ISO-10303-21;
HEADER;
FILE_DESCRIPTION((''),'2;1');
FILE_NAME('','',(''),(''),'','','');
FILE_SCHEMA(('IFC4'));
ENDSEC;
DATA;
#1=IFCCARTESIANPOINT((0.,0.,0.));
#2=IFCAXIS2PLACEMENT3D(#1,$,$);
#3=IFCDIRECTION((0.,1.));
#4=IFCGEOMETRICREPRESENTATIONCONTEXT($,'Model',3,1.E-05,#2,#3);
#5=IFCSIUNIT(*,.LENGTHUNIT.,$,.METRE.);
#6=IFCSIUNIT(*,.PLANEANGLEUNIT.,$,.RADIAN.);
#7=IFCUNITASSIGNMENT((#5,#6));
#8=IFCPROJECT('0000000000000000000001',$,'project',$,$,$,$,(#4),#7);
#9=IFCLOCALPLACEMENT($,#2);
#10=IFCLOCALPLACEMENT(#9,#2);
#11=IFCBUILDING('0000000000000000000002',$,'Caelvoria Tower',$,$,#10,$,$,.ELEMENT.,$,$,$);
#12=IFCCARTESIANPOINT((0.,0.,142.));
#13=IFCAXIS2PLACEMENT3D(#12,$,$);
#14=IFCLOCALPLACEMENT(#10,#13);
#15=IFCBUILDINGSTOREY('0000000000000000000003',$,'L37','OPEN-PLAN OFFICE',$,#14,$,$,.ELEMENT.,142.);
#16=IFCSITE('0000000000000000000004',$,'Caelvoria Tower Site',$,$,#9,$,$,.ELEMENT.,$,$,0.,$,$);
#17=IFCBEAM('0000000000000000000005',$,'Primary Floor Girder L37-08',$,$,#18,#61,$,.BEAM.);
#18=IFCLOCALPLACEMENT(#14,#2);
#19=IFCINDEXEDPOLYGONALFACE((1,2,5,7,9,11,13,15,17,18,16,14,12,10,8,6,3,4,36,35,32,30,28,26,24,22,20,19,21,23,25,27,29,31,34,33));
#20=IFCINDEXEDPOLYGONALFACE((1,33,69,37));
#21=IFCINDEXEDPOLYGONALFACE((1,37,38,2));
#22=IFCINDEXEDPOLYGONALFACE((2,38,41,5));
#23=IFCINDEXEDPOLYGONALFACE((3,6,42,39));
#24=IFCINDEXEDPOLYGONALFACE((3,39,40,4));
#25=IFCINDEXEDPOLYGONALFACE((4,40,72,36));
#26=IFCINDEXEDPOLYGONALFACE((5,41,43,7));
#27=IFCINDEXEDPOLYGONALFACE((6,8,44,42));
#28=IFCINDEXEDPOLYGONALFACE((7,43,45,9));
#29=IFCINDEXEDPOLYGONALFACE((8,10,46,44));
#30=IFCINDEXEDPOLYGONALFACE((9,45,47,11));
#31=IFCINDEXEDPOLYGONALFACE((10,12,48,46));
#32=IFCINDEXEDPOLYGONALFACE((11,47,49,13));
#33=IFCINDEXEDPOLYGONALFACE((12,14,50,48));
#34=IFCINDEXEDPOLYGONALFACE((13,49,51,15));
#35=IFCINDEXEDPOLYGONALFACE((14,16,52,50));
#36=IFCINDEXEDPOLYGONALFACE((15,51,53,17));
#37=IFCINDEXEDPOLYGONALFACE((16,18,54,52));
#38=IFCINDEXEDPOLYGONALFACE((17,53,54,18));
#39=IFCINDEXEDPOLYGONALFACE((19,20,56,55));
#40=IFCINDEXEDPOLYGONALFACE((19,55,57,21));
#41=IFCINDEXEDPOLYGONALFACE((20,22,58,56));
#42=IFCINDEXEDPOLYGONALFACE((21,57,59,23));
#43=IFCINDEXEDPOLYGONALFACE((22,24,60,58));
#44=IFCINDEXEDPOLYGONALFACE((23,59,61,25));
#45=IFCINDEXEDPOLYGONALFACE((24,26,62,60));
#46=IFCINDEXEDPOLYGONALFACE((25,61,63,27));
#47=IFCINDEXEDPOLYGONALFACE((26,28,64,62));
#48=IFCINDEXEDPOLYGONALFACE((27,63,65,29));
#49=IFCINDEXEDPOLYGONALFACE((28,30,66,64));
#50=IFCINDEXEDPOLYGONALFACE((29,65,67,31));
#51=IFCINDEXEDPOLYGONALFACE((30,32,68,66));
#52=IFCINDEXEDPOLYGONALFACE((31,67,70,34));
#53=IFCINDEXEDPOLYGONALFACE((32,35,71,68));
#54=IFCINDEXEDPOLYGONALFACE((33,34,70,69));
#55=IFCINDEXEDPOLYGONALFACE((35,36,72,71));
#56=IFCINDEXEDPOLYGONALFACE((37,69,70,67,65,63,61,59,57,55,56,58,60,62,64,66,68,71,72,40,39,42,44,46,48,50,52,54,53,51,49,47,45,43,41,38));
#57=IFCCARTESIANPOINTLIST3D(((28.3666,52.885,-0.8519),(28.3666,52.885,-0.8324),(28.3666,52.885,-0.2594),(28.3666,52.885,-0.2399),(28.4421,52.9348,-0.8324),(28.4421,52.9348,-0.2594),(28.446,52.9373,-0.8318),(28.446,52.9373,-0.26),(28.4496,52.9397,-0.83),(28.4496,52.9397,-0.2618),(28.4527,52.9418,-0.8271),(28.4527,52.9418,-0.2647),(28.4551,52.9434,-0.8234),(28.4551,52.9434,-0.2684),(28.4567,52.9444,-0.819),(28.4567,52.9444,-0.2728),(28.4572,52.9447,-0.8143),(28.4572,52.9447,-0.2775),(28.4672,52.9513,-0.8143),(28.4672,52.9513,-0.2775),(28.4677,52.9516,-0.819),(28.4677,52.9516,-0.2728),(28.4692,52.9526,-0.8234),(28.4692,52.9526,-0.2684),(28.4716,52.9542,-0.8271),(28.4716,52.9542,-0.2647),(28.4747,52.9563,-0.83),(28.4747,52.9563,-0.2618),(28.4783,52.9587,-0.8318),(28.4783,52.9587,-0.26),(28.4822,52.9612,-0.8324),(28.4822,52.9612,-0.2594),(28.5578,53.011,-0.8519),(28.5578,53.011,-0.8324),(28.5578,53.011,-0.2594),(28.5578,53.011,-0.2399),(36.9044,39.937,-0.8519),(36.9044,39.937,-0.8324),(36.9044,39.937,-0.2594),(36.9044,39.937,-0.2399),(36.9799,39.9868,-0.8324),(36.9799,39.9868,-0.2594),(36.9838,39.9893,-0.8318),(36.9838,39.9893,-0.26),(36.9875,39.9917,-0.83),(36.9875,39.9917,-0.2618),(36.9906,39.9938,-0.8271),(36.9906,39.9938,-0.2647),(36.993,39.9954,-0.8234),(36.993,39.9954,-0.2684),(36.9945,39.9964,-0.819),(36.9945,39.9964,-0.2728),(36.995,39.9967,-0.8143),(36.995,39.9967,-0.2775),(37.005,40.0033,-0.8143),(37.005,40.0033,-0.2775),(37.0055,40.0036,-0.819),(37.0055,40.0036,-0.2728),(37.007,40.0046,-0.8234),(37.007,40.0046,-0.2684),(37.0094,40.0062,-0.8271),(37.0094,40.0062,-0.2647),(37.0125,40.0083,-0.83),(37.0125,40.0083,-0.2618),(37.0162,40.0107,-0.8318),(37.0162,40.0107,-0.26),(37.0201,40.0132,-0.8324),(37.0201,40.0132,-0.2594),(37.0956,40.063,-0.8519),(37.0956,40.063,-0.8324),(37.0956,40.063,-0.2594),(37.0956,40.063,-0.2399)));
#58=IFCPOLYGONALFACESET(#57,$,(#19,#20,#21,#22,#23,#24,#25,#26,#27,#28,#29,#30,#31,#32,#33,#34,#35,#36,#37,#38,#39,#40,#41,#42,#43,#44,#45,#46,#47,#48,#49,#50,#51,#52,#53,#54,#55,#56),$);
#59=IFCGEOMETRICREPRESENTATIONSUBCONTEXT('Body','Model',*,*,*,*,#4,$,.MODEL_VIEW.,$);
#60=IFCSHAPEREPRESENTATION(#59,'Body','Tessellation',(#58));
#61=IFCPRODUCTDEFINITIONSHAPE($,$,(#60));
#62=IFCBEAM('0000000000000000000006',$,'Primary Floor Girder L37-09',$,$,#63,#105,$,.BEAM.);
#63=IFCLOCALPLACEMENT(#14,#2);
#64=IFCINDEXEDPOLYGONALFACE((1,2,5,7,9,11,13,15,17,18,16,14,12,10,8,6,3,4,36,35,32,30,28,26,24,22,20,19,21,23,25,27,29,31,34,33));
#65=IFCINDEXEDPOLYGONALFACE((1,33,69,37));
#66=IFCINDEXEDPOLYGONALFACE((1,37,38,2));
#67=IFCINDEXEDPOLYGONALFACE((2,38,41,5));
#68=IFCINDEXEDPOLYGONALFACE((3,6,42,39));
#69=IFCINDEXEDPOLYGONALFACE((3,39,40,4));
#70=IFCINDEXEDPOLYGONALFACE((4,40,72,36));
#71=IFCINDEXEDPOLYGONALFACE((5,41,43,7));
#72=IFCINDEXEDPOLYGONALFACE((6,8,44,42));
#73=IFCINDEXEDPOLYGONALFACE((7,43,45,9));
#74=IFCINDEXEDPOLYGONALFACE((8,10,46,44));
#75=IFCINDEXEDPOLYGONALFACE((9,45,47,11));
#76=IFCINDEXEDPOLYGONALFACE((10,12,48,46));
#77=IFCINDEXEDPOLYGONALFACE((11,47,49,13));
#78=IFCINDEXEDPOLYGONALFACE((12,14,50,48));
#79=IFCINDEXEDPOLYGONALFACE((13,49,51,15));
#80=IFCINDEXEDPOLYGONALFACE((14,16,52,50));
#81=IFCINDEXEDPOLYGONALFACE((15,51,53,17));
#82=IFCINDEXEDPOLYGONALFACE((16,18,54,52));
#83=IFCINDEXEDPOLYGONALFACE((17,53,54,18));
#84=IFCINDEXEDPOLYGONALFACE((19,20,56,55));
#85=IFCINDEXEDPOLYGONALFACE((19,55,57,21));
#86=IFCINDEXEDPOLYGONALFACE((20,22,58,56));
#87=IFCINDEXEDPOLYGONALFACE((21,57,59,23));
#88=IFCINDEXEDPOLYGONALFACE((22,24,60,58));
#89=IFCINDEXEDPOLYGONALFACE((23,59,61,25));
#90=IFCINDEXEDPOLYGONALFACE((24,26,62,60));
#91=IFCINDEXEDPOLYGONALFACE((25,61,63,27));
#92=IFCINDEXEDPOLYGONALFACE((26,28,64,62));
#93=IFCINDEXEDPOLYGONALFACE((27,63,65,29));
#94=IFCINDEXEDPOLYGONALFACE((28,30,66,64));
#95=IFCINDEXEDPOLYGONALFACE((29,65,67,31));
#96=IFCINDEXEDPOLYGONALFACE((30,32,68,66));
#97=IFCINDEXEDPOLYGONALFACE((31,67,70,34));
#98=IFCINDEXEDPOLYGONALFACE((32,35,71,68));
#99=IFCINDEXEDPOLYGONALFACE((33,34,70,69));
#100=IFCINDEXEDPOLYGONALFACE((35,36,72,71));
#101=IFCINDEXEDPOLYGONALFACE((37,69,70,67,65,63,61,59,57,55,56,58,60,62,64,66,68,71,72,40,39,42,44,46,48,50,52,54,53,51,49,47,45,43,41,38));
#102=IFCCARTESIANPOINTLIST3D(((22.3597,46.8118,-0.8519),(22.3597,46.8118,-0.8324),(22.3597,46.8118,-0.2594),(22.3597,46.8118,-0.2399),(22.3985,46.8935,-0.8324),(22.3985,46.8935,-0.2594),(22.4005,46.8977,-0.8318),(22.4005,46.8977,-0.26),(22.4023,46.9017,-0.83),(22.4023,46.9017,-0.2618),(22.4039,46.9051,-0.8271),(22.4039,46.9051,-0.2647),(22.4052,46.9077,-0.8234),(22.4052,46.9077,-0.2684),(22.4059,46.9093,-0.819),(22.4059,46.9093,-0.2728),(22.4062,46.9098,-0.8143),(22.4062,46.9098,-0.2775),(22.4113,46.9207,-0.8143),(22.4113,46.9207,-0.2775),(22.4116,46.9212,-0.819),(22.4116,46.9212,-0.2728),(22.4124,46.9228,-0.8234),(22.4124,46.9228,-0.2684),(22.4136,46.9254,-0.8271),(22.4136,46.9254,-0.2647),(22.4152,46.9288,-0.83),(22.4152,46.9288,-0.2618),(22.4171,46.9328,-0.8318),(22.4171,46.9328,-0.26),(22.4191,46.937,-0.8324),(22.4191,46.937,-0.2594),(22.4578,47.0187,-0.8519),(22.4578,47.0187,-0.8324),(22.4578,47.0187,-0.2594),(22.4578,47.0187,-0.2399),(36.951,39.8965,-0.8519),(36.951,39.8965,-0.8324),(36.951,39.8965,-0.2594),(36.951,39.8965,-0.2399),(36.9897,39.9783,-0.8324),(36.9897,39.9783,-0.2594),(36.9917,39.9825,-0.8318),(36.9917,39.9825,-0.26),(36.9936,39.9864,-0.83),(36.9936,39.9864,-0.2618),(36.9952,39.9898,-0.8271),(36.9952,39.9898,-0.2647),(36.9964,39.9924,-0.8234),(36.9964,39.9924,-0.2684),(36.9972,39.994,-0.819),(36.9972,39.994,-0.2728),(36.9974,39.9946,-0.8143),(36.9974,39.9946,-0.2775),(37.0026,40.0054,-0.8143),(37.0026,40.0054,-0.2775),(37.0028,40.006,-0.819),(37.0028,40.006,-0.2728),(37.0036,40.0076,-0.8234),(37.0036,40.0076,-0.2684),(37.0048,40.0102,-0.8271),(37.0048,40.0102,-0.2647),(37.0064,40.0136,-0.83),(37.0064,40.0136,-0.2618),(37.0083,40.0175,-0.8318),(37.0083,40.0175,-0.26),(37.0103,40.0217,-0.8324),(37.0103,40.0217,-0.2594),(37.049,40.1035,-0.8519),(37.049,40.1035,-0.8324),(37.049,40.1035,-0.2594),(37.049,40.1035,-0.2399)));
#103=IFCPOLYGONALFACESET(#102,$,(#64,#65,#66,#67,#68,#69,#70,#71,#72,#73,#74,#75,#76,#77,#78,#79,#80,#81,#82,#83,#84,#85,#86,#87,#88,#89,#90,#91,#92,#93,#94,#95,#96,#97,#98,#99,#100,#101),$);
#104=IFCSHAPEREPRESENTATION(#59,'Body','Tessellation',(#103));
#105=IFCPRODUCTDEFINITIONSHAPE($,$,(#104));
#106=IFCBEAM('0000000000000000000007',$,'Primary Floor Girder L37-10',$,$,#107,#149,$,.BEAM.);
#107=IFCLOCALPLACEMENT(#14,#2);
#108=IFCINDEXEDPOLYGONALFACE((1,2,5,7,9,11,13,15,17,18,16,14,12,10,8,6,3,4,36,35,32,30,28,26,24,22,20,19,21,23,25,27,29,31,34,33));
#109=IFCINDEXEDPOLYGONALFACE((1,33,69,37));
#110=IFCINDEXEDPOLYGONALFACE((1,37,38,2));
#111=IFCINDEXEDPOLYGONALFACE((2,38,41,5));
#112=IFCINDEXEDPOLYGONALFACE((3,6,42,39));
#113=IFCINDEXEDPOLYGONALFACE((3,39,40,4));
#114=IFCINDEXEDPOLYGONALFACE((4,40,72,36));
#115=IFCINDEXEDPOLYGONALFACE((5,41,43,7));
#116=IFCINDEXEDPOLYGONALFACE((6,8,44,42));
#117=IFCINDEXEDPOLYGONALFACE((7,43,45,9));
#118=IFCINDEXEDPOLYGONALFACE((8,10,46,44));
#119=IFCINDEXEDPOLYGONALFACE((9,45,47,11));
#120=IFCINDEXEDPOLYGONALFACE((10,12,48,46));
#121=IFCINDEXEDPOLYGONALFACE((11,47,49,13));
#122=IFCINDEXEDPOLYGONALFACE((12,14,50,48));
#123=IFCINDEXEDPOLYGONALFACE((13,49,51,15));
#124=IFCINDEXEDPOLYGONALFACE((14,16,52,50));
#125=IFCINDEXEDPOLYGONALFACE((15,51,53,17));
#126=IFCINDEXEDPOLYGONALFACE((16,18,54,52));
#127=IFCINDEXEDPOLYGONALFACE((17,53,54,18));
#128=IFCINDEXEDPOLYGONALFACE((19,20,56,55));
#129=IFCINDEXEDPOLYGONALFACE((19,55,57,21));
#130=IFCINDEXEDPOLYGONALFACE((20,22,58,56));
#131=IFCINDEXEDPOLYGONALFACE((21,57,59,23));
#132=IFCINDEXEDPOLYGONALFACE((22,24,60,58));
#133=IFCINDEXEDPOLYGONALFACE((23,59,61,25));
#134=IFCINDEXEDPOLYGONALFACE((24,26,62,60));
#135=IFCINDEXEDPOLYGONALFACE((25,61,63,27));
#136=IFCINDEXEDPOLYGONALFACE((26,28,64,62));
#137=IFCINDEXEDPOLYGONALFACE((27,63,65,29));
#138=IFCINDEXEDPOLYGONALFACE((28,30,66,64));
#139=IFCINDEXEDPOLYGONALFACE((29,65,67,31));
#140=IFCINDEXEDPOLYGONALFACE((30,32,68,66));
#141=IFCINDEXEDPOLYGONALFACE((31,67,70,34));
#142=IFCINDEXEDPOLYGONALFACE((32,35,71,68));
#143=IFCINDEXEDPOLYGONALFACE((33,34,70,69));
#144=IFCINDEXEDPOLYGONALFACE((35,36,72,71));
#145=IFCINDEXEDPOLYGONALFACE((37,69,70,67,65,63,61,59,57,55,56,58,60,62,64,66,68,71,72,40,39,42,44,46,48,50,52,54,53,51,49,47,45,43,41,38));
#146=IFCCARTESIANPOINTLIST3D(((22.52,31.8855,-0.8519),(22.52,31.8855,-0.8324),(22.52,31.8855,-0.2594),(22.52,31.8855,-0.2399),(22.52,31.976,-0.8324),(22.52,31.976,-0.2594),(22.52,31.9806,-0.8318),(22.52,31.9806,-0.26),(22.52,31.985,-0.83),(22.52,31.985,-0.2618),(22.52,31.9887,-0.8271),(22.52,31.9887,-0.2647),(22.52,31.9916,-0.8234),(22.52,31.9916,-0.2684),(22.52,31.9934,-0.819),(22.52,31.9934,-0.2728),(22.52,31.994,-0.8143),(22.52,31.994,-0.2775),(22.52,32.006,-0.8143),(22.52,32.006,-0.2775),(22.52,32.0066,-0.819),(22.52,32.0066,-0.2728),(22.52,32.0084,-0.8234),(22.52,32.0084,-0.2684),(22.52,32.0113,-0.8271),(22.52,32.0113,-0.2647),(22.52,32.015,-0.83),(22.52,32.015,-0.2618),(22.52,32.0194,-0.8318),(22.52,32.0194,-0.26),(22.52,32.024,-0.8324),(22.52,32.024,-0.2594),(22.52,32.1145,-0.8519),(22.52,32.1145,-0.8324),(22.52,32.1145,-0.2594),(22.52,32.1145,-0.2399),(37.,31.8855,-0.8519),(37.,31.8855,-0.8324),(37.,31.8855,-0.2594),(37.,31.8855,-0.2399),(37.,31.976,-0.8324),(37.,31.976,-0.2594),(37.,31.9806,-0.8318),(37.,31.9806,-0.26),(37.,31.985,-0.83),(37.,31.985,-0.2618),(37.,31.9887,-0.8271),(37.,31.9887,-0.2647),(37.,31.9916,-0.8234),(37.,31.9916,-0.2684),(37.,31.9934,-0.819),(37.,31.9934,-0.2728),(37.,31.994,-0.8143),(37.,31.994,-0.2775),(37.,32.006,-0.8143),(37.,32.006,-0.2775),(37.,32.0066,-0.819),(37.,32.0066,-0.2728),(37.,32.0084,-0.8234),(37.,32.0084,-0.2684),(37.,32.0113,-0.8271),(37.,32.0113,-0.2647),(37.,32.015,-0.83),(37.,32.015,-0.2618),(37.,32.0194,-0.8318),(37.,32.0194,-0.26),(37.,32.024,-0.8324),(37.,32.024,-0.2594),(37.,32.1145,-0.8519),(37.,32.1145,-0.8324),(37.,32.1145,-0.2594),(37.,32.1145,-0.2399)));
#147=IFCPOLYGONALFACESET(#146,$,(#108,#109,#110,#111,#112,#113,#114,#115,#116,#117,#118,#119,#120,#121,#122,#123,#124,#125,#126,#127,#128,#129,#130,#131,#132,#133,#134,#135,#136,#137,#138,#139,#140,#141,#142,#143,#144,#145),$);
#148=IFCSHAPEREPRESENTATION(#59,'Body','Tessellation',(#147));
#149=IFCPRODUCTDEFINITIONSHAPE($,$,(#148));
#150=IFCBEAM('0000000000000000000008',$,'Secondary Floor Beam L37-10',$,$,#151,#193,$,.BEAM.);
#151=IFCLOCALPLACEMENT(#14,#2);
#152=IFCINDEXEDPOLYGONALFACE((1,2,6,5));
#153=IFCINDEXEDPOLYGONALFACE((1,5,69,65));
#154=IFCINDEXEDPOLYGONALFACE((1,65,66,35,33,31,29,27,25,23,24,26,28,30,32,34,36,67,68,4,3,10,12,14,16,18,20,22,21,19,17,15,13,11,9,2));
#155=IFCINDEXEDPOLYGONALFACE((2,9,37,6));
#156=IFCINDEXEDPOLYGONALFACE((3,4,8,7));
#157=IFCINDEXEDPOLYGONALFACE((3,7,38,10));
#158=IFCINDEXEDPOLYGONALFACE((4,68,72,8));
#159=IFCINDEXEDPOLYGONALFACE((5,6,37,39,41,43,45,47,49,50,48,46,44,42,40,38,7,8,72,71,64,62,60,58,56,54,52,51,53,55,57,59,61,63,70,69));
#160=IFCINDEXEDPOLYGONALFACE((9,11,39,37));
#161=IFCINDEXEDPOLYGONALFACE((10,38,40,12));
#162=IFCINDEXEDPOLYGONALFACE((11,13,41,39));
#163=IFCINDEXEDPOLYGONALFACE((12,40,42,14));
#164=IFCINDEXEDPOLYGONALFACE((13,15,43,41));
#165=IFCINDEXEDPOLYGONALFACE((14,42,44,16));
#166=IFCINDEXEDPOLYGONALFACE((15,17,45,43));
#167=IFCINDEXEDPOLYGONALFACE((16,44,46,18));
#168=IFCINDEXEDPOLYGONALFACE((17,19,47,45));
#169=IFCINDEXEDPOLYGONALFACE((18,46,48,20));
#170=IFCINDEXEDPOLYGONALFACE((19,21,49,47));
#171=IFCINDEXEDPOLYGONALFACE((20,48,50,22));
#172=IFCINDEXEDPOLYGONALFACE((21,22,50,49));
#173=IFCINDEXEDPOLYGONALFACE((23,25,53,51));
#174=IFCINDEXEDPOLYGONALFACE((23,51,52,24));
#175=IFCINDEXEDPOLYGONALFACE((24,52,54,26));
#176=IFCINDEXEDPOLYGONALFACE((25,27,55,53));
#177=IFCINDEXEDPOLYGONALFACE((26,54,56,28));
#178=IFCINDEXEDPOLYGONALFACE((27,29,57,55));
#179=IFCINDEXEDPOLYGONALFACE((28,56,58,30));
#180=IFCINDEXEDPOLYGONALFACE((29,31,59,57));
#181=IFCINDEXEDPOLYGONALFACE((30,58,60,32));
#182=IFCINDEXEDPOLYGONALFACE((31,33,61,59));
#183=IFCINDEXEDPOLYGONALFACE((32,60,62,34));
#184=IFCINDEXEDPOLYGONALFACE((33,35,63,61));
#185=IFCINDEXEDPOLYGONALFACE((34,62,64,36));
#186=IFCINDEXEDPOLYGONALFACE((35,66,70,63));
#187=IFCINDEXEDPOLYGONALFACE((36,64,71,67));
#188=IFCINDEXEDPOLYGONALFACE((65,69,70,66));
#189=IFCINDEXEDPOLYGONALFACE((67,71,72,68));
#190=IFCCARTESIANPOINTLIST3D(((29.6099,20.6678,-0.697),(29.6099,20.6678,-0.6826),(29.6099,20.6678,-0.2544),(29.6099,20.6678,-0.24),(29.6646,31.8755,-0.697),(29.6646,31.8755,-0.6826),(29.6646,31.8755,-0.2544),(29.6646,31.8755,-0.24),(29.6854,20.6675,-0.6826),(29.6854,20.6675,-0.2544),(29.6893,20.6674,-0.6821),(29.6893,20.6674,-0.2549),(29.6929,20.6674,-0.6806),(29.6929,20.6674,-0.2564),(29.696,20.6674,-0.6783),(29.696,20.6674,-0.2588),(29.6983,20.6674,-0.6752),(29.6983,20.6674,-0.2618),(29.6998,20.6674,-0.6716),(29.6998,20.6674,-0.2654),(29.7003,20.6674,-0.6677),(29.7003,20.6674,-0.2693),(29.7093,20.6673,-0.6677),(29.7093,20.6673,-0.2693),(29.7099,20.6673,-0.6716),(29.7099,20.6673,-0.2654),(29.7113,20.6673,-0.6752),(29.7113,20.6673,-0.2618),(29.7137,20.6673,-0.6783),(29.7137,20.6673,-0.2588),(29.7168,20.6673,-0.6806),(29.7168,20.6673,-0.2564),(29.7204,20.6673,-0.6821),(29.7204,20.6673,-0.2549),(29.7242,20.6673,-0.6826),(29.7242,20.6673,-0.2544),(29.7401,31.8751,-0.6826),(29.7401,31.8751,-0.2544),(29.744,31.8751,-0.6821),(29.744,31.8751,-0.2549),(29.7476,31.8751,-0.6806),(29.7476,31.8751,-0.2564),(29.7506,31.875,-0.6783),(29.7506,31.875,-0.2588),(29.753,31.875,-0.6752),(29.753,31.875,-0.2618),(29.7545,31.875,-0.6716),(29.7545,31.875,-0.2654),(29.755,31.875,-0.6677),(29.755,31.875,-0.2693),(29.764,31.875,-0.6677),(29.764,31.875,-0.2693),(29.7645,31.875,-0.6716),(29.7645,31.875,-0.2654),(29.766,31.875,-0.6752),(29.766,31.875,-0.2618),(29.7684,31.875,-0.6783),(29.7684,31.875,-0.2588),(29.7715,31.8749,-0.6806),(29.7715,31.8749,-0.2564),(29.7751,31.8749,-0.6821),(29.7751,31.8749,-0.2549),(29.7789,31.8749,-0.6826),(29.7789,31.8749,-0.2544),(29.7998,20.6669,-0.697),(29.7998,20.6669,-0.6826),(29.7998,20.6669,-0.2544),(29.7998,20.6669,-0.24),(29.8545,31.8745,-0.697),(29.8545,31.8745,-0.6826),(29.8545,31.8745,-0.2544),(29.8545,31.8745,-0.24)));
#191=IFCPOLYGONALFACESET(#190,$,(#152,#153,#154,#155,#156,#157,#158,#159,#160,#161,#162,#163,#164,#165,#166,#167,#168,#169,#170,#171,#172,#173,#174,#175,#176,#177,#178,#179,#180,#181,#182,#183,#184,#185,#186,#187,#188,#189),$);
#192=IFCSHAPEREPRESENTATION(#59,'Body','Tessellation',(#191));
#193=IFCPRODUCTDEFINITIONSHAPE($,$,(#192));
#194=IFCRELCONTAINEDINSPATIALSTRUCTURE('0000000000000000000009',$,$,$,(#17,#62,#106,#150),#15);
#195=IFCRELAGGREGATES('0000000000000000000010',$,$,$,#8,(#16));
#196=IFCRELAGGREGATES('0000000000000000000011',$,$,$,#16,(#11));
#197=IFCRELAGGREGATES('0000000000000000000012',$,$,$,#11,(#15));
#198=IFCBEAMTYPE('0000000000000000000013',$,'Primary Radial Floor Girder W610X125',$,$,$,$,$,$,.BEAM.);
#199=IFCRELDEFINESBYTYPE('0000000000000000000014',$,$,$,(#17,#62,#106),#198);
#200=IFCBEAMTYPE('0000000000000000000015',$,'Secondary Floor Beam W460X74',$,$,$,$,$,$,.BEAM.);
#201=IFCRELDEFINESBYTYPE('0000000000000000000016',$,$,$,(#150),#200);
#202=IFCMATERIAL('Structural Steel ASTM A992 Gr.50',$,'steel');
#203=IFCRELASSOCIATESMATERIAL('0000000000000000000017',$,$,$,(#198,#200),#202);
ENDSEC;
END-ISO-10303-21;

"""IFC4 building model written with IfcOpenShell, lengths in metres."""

from ifc_helpers import new_model, si_unit, direction, frame, origin, origin_2d, place, context, subcontext, project, spatial, i_section, extrude, material, material_profile, profile_set, type_object, element, save


model = new_model("IFC4")

# Units and contexts
model_context = context("Model", 3, precision=1e-05, world=origin(), true_north=direction((0.0, 1.0)))
body_context = subcontext(model_context, "Body", "Model", "MODEL_VIEW")
ifc_project = project(units=[si_unit("LENGTHUNIT", "METRE"), si_unit("PLANEANGLEUNIT", "RADIAN")], contexts=[model_context])

# Site, building, storey
site_placement = place(None, origin())
site = spatial("IfcSite", under=ifc_project, at=site_placement, Name="Caelvoria Tower Site", CompositionType="ELEMENT", RefElevation=0.0)
building_placement = place(site_placement, origin())
building = spatial("IfcBuilding", under=site, at=building_placement, Name="Caelvoria Tower", CompositionType="ELEMENT")
storey_placement = place(building_placement, frame((0.0, 0.0, 142.0)))
storey = spatial("IfcBuildingStorey", under=building, at=storey_placement, Name="L37", Description="OPEN-PLAN OFFICE", CompositionType="ELEMENT", Elevation=142.0)

# Shared definitions
ifc_material_1 = material(Name="Structural Steel ASTM A992 Gr.50", Category="steel")

# Beams
ifc_material_profile_1 = material_profile(ifc_material_1, i_section(OverallWidth=0.229, OverallDepth=0.6121, WebThickness=0.012, FlangeThickness=0.0195, FilletRadius=0.0181, at=origin_2d()), Name="Structural Steel ASTM A992 Gr.50")
ifc_profile_set_1 = profile_set([ifc_material_profile_1], Name="W610X125 - Structural Steel ASTM A992 Gr.50")
beam_type_1 = type_object("IfcBeamType", Name="Primary Radial Floor Girder W610X125", PredefinedType="BEAM", material=ifc_profile_set_1)
beam_1_placement = place(storey_placement, frame((37.0, 40.0, -0.5459), z_axis=(-0.55049, 0.834842, 0.0), x_axis=(-0.834842, -0.55049, 0.0)))
element("IfcBeam", 1, at=beam_1_placement, inside=storey, type_object=beam_type_1, Name="Primary Floor Girder L37-08", PredefinedType="BEAM", context=body_context, shape_type="SweptSolid", body=[
    extrude(i_section(OverallWidth=0.229, OverallDepth=0.6121, WebThickness=0.012, FlangeThickness=0.0195, FilletRadius=0.0181, at=origin_2d()), origin(), (0.0, 0.0, 1.0), 15.5095),
])
beam_2_placement = place(storey_placement, frame((37.0, 40.0, -0.5459), z_axis=(-0.903651, 0.428269, 0.0), x_axis=(-0.428269, -0.903651, 0.0)))
element("IfcBeam", 2, at=beam_2_placement, inside=storey, type_object=beam_type_1, Name="Primary Floor Girder L37-09", PredefinedType="BEAM", context=body_context, shape_type="SweptSolid", body=[
    extrude(i_section(OverallWidth=0.229, OverallDepth=0.6121, WebThickness=0.012, FlangeThickness=0.0195, FilletRadius=0.0181, at=origin_2d()), origin(), (0.0, 0.0, 1.0), 16.147),
])
beam_3_placement = place(storey_placement, frame((37.0, 32.0, -0.5459), z_axis=(-1.0, 0.0, 0.0), x_axis=(0.0, -1.0, 0.0)))
element("IfcBeam", 3, at=beam_3_placement, inside=storey, type_object=beam_type_1, Name="Primary Floor Girder L37-10", PredefinedType="BEAM", context=body_context, shape_type="SweptSolid", body=[
    extrude(i_section(OverallWidth=0.229, OverallDepth=0.6121, WebThickness=0.012, FlangeThickness=0.0195, FilletRadius=0.0181, at=origin_2d()), origin(), (0.0, 0.0, 1.0), 14.48),
])
ifc_material_profile_2 = material_profile(ifc_material_1, i_section(OverallWidth=0.1899, OverallDepth=0.457, WebThickness=0.009, FlangeThickness=0.0144, FilletRadius=0.0149, at=origin_2d()), Name="Structural Steel ASTM A992 Gr.50")
ifc_profile_set_2 = profile_set([ifc_material_profile_2], Name="W460X74 - Structural Steel ASTM A992 Gr.50")
beam_type_2 = type_object("IfcBeamType", Name="Secondary Floor Beam W460X74", PredefinedType="BEAM", material=ifc_profile_set_2)
beam_4_placement = place(storey_placement, frame((29.7595, 31.875, -0.4685), z_axis=(-0.004879, -0.999988, 0.0), x_axis=(0.999988, -0.004879, 0.0)))
element("IfcBeam", 4, at=beam_4_placement, inside=storey, type_object=beam_type_2, Name="Secondary Floor Beam L37-10", PredefinedType="BEAM", context=body_context, shape_type="SweptSolid", body=[
    extrude(i_section(OverallWidth=0.1899, OverallDepth=0.457, WebThickness=0.009, FlangeThickness=0.0144, FilletRadius=0.0149, at=origin_2d()), origin(), (0.0, 0.0, 1.0), 11.2078),
])

save(model, "model.ifc")
